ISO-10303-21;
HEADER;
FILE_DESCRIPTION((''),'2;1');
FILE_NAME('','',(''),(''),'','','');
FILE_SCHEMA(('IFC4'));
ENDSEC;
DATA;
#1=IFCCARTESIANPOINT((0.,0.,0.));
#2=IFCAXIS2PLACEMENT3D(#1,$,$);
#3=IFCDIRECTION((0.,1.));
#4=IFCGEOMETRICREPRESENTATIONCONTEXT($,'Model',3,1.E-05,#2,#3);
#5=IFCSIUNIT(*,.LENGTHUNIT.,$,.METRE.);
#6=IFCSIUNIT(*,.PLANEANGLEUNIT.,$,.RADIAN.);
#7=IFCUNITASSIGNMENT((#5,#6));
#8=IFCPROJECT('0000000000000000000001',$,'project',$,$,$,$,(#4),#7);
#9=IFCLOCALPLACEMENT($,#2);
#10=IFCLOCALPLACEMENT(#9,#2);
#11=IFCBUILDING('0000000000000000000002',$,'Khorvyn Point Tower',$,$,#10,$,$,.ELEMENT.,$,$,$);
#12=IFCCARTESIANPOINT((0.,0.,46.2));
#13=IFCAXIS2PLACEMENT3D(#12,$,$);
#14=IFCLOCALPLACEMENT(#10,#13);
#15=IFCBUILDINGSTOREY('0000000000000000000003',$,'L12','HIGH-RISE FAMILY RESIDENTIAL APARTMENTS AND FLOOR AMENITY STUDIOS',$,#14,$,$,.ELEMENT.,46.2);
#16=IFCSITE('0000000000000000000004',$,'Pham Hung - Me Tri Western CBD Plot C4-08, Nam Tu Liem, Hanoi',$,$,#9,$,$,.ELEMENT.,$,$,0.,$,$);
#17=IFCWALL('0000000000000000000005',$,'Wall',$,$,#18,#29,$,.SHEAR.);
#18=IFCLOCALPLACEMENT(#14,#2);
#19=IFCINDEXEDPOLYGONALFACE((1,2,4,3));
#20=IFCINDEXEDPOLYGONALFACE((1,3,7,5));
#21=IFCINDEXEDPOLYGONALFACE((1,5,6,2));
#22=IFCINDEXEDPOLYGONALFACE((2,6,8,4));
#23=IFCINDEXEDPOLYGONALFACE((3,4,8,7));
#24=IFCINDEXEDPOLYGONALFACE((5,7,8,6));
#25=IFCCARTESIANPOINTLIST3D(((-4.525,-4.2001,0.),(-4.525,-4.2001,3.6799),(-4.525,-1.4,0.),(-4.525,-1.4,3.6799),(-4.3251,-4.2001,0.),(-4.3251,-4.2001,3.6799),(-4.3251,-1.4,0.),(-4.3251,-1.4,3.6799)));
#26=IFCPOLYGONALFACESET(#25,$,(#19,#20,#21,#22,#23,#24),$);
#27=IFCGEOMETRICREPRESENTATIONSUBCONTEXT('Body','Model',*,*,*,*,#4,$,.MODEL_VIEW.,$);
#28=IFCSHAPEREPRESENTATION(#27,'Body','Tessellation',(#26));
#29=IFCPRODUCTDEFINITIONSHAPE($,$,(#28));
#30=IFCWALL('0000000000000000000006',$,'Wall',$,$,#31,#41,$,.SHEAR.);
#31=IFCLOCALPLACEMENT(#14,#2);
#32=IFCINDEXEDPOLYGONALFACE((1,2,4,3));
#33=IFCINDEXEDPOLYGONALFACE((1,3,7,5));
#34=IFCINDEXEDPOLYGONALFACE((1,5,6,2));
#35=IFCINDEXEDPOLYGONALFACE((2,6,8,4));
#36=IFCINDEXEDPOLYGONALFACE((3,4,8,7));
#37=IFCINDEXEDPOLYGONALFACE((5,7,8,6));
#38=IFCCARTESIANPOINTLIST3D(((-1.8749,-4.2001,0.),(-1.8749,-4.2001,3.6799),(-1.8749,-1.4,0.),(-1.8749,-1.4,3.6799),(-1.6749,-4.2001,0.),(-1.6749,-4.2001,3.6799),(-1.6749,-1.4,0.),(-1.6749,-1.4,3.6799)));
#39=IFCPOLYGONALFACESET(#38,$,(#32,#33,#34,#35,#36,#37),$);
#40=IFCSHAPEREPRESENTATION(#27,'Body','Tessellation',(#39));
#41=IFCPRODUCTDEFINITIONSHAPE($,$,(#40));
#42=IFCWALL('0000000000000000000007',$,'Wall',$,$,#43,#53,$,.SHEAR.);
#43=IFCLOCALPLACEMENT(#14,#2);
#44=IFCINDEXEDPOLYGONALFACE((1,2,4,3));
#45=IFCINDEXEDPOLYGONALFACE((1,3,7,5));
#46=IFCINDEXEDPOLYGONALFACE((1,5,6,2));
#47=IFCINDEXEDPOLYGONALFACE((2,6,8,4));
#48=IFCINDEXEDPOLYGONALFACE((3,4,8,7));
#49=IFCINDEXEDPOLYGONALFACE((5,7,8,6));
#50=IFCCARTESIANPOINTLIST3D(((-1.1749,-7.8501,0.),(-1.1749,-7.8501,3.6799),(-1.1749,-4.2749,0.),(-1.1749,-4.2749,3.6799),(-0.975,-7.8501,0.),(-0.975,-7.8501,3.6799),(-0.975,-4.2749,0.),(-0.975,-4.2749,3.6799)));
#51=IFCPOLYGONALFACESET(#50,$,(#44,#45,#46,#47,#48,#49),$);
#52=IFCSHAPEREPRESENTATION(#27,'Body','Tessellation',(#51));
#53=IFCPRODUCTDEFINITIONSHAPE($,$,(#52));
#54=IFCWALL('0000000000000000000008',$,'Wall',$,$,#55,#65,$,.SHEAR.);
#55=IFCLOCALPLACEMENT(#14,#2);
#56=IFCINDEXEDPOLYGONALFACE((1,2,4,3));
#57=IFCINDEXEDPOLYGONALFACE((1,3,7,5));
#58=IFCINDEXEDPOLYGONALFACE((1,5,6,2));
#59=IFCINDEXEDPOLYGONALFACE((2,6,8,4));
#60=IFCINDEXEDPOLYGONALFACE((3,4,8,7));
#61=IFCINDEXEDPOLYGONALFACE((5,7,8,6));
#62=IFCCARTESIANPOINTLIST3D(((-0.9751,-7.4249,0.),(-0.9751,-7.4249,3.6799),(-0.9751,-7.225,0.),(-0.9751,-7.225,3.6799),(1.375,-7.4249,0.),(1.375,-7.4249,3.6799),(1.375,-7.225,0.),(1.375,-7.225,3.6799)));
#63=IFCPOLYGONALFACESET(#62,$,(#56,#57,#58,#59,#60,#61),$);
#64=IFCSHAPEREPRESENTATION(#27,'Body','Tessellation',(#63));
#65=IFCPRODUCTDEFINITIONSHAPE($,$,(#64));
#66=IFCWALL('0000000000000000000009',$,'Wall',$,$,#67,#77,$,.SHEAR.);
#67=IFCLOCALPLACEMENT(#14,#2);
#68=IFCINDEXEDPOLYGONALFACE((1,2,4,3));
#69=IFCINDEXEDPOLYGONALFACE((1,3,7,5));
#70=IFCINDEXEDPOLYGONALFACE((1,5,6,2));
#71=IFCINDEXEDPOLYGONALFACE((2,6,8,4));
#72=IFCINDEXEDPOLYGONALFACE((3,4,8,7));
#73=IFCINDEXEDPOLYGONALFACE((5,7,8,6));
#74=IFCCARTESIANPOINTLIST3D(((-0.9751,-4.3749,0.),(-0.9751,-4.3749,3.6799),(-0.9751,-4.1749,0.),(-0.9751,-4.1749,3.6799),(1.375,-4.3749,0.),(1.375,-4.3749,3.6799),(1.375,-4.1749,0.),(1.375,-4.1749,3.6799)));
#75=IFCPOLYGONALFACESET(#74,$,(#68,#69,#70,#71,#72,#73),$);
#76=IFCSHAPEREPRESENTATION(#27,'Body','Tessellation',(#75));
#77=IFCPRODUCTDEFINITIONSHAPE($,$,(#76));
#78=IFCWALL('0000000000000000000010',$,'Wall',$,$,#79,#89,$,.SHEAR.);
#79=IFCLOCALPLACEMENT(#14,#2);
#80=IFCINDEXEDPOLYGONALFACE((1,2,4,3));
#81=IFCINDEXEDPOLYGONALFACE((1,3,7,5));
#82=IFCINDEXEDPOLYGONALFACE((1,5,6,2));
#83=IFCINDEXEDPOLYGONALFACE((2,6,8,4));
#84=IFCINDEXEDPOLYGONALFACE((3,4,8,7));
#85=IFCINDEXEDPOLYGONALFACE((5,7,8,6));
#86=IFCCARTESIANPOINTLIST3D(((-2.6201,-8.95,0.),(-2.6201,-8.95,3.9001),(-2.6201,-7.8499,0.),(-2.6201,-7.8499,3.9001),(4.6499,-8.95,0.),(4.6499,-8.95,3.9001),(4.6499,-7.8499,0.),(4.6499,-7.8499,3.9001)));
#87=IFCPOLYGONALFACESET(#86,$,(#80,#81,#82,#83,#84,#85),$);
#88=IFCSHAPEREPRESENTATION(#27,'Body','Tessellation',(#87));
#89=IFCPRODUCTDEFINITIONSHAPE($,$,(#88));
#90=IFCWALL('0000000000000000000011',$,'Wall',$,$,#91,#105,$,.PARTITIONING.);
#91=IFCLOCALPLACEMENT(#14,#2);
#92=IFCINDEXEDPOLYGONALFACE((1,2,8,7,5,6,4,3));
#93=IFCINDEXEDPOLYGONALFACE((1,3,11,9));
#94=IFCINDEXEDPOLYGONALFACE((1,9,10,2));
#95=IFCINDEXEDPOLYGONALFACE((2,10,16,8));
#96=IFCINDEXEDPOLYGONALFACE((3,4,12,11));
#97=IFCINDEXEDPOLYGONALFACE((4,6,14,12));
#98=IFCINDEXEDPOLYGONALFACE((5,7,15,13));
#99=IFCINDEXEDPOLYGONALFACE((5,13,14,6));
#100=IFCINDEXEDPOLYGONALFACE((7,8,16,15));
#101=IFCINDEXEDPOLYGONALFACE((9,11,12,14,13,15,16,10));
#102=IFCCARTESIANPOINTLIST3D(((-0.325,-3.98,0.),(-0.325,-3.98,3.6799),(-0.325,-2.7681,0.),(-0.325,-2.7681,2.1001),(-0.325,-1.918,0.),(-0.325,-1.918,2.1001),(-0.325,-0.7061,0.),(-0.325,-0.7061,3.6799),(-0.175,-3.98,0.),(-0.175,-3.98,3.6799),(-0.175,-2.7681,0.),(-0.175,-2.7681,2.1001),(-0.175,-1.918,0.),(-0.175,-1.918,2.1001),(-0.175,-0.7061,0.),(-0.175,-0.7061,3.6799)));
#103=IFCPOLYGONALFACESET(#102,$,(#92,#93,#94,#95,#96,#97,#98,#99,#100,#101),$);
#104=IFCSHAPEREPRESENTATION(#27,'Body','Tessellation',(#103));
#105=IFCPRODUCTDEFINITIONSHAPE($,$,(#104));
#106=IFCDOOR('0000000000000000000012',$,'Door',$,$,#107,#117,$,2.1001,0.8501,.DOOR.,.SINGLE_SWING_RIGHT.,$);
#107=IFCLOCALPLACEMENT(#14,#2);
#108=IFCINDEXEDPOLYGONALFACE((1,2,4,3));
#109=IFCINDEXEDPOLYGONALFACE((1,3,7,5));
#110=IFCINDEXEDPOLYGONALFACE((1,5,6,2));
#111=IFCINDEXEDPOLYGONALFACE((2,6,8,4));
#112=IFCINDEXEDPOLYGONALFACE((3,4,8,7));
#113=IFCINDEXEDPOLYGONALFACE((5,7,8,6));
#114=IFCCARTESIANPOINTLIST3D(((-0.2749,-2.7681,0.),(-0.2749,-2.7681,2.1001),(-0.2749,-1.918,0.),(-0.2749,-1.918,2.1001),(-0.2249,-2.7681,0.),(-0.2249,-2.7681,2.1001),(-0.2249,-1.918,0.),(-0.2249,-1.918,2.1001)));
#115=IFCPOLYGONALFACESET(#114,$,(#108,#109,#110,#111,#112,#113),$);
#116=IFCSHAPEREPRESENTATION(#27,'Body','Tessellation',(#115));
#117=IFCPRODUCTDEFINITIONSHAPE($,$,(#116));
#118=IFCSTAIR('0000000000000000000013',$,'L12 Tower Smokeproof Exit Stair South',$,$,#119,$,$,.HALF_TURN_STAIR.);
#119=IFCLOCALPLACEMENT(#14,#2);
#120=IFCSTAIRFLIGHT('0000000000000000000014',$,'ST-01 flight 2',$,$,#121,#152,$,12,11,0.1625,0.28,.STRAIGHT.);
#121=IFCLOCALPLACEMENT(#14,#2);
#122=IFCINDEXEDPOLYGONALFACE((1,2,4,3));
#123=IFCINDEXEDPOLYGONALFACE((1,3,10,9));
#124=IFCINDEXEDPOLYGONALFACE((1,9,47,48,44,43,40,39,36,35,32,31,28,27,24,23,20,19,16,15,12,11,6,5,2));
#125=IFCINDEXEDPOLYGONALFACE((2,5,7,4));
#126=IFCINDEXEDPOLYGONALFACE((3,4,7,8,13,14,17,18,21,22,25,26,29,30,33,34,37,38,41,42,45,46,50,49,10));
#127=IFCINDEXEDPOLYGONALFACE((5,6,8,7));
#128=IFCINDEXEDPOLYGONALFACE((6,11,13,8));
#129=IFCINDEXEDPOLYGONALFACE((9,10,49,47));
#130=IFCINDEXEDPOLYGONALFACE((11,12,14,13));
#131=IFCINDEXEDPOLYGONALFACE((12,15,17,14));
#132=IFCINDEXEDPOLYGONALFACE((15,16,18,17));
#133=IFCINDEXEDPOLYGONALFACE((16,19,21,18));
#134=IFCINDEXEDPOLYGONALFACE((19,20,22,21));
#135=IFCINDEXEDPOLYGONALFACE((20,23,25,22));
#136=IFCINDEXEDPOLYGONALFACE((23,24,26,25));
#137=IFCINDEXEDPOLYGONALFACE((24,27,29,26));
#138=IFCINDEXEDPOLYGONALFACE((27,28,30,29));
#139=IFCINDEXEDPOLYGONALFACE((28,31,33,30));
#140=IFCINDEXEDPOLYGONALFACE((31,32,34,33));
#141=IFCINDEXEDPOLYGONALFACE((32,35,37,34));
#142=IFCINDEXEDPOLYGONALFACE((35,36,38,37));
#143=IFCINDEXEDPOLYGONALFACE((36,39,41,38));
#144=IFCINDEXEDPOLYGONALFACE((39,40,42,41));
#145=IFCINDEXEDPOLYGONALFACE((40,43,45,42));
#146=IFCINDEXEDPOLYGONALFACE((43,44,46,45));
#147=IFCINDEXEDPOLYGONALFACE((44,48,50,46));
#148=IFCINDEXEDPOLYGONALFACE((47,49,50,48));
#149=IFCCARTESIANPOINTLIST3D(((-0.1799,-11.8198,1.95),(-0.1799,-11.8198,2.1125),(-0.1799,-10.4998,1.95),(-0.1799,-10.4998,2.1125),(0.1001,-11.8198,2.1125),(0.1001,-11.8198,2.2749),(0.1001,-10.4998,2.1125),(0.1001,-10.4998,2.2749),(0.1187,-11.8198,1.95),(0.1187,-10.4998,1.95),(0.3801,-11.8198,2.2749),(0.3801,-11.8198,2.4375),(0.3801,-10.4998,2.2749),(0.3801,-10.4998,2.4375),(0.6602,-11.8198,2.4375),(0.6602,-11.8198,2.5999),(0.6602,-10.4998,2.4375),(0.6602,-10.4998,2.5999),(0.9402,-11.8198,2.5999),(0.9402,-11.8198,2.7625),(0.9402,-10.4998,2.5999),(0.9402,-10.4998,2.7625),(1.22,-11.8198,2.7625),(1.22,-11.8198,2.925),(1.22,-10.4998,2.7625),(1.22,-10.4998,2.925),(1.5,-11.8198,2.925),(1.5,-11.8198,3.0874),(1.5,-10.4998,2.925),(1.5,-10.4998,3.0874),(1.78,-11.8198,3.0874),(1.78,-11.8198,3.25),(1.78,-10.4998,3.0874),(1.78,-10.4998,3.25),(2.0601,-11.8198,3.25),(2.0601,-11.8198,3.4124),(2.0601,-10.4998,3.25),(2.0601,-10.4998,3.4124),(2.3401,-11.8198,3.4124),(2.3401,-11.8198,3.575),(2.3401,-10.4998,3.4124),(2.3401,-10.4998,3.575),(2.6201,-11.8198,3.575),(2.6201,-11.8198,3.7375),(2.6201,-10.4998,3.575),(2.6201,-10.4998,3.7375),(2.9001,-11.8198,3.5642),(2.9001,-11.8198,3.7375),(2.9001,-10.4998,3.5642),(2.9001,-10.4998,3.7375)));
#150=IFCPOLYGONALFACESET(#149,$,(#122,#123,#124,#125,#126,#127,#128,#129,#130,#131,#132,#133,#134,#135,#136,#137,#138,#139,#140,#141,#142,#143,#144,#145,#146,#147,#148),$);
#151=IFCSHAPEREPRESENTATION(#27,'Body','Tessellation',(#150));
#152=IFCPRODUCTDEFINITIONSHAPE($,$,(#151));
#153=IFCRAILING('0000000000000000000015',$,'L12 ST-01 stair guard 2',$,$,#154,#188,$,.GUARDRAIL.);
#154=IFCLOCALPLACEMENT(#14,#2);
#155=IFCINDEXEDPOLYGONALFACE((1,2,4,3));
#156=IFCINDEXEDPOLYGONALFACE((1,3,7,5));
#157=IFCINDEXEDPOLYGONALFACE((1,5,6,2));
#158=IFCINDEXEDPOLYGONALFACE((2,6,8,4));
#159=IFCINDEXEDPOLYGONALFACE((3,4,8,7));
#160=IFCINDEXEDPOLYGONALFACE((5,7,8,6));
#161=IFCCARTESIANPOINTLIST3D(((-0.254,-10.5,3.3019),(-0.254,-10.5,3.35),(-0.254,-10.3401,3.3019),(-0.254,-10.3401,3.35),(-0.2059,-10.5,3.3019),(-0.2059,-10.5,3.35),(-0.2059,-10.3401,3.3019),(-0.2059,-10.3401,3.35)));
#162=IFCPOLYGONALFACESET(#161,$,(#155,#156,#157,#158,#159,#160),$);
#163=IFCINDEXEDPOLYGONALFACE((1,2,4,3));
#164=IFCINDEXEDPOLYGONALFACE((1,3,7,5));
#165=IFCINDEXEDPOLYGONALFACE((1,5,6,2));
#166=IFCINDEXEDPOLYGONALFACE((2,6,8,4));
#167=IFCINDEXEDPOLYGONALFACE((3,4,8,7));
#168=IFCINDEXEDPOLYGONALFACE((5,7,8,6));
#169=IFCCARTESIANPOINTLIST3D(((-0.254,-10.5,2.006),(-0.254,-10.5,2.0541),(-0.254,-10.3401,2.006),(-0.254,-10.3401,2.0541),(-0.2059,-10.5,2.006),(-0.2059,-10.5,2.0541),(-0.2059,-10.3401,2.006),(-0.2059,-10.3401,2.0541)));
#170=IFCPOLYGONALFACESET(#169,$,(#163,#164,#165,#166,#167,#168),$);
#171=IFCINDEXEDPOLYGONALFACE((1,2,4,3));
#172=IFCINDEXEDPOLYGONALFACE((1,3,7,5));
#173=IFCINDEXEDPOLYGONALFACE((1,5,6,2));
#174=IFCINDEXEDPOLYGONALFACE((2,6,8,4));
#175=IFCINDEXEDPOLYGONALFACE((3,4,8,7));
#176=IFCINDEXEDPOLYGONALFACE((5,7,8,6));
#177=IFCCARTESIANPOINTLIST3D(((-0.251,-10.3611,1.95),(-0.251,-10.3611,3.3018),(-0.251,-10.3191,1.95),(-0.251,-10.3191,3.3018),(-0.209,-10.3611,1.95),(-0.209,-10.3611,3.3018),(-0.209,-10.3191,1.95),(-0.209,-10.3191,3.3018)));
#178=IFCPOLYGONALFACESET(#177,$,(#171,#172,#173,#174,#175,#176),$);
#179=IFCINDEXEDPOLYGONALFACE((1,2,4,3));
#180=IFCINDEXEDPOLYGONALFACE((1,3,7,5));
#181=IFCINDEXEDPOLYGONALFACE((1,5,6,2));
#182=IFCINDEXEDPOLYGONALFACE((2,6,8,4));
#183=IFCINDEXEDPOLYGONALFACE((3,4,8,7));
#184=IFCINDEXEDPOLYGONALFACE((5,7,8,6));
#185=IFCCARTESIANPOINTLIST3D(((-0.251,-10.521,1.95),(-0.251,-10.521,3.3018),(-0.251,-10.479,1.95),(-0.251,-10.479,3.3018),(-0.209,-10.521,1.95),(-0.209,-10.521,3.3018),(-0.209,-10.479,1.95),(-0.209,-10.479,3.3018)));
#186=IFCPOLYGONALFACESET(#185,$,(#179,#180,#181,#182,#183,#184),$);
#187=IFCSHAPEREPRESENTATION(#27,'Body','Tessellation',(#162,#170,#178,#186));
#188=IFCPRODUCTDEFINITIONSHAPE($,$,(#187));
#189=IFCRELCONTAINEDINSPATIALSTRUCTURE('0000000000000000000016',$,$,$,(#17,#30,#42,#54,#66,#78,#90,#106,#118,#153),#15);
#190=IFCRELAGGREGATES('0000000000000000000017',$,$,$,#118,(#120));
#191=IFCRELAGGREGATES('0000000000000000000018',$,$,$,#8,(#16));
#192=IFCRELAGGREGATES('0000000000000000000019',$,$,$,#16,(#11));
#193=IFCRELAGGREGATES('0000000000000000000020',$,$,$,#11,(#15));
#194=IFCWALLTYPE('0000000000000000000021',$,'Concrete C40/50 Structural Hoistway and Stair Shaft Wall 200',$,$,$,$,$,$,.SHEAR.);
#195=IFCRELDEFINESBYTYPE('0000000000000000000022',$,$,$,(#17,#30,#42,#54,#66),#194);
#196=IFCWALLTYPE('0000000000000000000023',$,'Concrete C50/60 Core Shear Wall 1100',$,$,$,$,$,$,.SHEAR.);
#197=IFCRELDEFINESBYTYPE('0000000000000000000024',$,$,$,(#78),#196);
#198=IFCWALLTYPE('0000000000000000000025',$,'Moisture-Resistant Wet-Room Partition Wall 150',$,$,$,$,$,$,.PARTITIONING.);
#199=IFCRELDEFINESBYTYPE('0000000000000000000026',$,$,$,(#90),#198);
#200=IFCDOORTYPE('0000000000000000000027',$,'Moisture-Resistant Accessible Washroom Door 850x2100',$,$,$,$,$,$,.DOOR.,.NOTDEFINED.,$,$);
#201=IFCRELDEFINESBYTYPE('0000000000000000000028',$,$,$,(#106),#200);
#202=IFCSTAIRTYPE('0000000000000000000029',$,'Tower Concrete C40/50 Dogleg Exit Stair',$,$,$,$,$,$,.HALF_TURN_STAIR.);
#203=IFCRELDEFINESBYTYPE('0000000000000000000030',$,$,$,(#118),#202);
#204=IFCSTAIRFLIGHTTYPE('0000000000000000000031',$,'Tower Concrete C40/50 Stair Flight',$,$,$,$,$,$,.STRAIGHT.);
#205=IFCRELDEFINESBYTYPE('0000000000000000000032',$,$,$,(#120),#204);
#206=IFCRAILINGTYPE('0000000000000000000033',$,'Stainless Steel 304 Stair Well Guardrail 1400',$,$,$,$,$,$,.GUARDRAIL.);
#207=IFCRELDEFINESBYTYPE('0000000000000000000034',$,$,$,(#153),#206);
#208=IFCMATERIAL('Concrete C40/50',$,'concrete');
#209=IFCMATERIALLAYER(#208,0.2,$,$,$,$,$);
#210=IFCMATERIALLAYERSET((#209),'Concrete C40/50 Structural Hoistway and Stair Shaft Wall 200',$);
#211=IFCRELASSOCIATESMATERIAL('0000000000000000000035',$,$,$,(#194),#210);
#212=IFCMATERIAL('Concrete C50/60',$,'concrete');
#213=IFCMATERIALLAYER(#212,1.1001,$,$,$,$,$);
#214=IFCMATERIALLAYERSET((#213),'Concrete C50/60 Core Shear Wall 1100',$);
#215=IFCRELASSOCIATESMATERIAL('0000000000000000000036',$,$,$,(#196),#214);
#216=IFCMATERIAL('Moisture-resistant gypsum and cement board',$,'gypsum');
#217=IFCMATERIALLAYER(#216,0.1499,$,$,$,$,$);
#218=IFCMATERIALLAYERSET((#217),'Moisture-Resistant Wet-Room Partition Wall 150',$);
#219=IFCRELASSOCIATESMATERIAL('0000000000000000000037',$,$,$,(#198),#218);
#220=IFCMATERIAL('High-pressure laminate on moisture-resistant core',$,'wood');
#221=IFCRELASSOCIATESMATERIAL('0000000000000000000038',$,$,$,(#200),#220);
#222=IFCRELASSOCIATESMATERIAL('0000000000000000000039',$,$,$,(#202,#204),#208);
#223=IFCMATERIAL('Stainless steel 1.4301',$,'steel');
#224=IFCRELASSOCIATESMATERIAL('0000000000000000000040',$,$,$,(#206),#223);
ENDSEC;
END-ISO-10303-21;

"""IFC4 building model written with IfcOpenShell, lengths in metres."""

from ifc_helpers import new_model, si_unit, direction, frame, frame_2d, origin, origin_2d, place, context, subcontext, project, spatial, polyline, rectangle, outline, extrude, material, layer, layer_set, type_object, element, fill, aggregate, save


model = new_model("IFC4")

# Units and contexts
model_context = context("Model", 3, precision=1e-05, world=origin(), true_north=direction((0.0, 1.0)))
body_context = subcontext(model_context, "Body", "Model", "MODEL_VIEW")
ifc_project = project(units=[si_unit("LENGTHUNIT", "METRE"), si_unit("PLANEANGLEUNIT", "RADIAN")], contexts=[model_context])

# Site, building, storey
site_placement = place(None, origin())
site = spatial("IfcSite", under=ifc_project, at=site_placement, Name="Pham Hung - Me Tri Western CBD Plot C4-08, Nam Tu Liem, Hanoi", CompositionType="ELEMENT", RefElevation=0.0)
building_placement = place(site_placement, origin())
building = spatial("IfcBuilding", under=site, at=building_placement, Name="Khorvyn Point Tower", CompositionType="ELEMENT")
storey_placement = place(building_placement, frame((0.0, 0.0, 46.2)))
storey = spatial("IfcBuildingStorey", under=building, at=storey_placement, Name="L12", Description="HIGH-RISE FAMILY RESIDENTIAL APARTMENTS AND FLOOR AMENITY STUDIOS", CompositionType="ELEMENT", Elevation=46.2)

# Shared definitions
ifc_material_1 = material(Name="Concrete C40/50", Category="concrete")

# Shared definitions
ifc_material_2 = material(Name="Concrete C50/60", Category="concrete")

# Walls
ifc_layer_1 = layer(ifc_material_1, 0.2)
ifc_layer_set_1 = layer_set([ifc_layer_1], Name="Concrete C40/50 Structural Hoistway and Stair Shaft Wall 200")
wall_type_1 = type_object("IfcWallType", Name="Concrete C40/50 Structural Hoistway and Stair Shaft Wall 200", PredefinedType="SHEAR", material=ifc_layer_set_1)
for number, where, z_axis, x_axis, name in (
    (1, (-4.425, -4.2, 0.0), (0.0, 0.0, 1.0), (0.0, 1.0, 0.0), "Wall"),
    (2, (-1.7749, -4.2, 0.0), (0.0, 0.0, 1.0), (0.0, 1.0, 0.0), "Wall"),
):
    element("IfcWall", number, at=place(storey_placement, frame(where, z_axis=z_axis, x_axis=x_axis)), inside=storey, type_object=wall_type_1, Name=name, PredefinedType="SHEAR", context=body_context, shape_type="SweptSolid", body=[
        extrude(rectangle(XDim=2.8, YDim=0.2, at=frame_2d((1.3999, 0.0))), origin(), (0.0, 0.0, 1.0), 3.6799),
    ])
wall_1_placement = place(storey_placement, frame((-1.075, -7.8501, 0.0), z_axis=(0.0, 0.0, 1.0), x_axis=(0.0, 1.0, 0.0)))
element("IfcWall", 3, at=wall_1_placement, inside=storey, type_object=wall_type_1, Name="Wall", PredefinedType="SHEAR", context=body_context, shape_type="SweptSolid", body=[
    extrude(rectangle(XDim=3.5752, YDim=0.2, at=frame_2d((1.7876, 0.0))), origin(), (0.0, 0.0, 1.0), 3.6799),
])
for number, where, z_axis, x_axis, name in (
    (4, (-0.9751, -7.325, 0.0), (0.0, 0.0, 1.0), (1.0, 0.0, 0.0), "Wall"),
    (5, (-0.9751, -4.2749, 0.0), (0.0, 0.0, 1.0), (1.0, 0.0, 0.0), "Wall"),
):
    element("IfcWall", number, at=place(storey_placement, frame(where, z_axis=z_axis, x_axis=x_axis)), inside=storey, type_object=wall_type_1, Name=name, PredefinedType="SHEAR", context=body_context, shape_type="SweptSolid", body=[
        extrude(rectangle(XDim=2.3501, YDim=0.2, at=frame_2d((1.175, 0.0))), origin(), (0.0, 0.0, 1.0), 3.6799),
    ])
ifc_layer_2 = layer(ifc_material_2, 1.1001)
ifc_layer_set_2 = layer_set([ifc_layer_2], Name="Concrete C50/60 Core Shear Wall 1100")
wall_type_2 = type_object("IfcWallType", Name="Concrete C50/60 Core Shear Wall 1100", PredefinedType="SHEAR", material=ifc_layer_set_2)
wall_2_placement = place(storey_placement, frame((-2.6201, -8.3999, 0.0), z_axis=(0.0, 0.0, 1.0), x_axis=(1.0, 0.0, 0.0)))
element("IfcWall", 6, at=wall_2_placement, inside=storey, type_object=wall_type_2, Name="Wall", PredefinedType="SHEAR", context=body_context, shape_type="SweptSolid", body=[
    extrude(rectangle(XDim=7.27, YDim=1.1001, at=frame_2d((3.635, 0.0))), origin(), (0.0, 0.0, 1.0), 3.9001),
])

# Wall, opening, door
ifc_material_3 = material(Name="Moisture-resistant gypsum and cement board", Category="gypsum")
ifc_layer_3 = layer(ifc_material_3, 0.1499)
ifc_layer_set_3 = layer_set([ifc_layer_3], Name="Moisture-Resistant Wet-Room Partition Wall 150")
wall_type_3 = type_object("IfcWallType", Name="Moisture-Resistant Wet-Room Partition Wall 150", PredefinedType="PARTITIONING", material=ifc_layer_set_3)
wall_3_placement = place(storey_placement, frame((-0.25, -3.98, 0.0), z_axis=(0.0, 0.0, 1.0), x_axis=(0.0, 1.0, 0.0)))
wall_3 = element("IfcWall", 7, at=wall_3_placement, inside=storey, type_object=wall_type_3, Name="Wall", PredefinedType="PARTITIONING", context=body_context, shape_type="SweptSolid", body=[
    extrude(rectangle(XDim=3.2739, YDim=0.1499, at=frame_2d((1.637, 0.0))), origin(), (0.0, 0.0, 1.0), 3.6799),
])
opening_1_placement = place(wall_3_placement, frame((1.2119, 0.0, 0.0)))
opening_1 = element("IfcOpeningElement", 8, at=opening_1_placement, cuts=wall_3, PredefinedType="OPENING", context=body_context, shape_type="SweptSolid", body=[
    extrude(rectangle(XDim=0.8501, YDim=2.1001, at=frame_2d((0.425, 1.05))), frame((0.0, 0.085, 0.0), z_axis=(0.0, -1.0, 0.0), x_axis=(1.0, 0.0, 0.0)), (0.0, 0.0, 1.0), 0.1699),
])
ifc_material_4 = material(Name="High-pressure laminate on moisture-resistant core", Category="wood")
door_type_1 = type_object("IfcDoorType", Name="Moisture-Resistant Accessible Washroom Door 850x2100", OperationType="NOTDEFINED", PredefinedType="DOOR", material=ifc_material_4)
door_1_placement = place(opening_1_placement, origin())
door_1 = element("IfcDoor", 9, at=door_1_placement, inside=storey, type_object=door_type_1, Name="Door", OperationType="SINGLE_SWING_RIGHT", OverallHeight=2.1001, OverallWidth=0.8501, PredefinedType="DOOR", context=body_context, shape_type="SweptSolid", body=[
    extrude(rectangle(XDim=0.8501, YDim=2.1001, at=frame_2d((0.425, 1.05))), frame((0.0, 0.0249, 0.0), z_axis=(0.0, -1.0, 0.0), x_axis=(1.0, 0.0, 0.0)), (0.0, 0.0, 1.0), 0.05),
])
fill(opening_1, door_1)

# Stair, stair flight
stair_type = type_object("IfcStairType", Name="Tower Concrete C40/50 Dogleg Exit Stair", PredefinedType="HALF_TURN_STAIR", material=ifc_material_1)
stair_placement = place(storey_placement, origin())
stair = element("IfcStair", 10, at=stair_placement, inside=storey, type_object=stair_type, Name="L12 Tower Smokeproof Exit Stair South", PredefinedType="HALF_TURN_STAIR")
stair_flight_type = type_object("IfcStairFlightType", Name="Tower Concrete C40/50 Stair Flight", PredefinedType="STRAIGHT", material=ifc_material_1)
stair_flight_placement = place(storey_placement, frame((-0.1799, -11.1599, 1.95), z_axis=(0.0, 0.0, 1.0), x_axis=(1.0, 0.0, 0.0)))
stair_flight = element("IfcStairFlight", 11, at=stair_flight_placement, type_object=stair_flight_type, Name="ST-01 flight 2", NumberOfRisers=12, NumberOfTreads=11, PredefinedType="STRAIGHT", RiserHeight=0.1625, TreadLength=0.28, context=body_context, shape_type="SweptSolid", body=[
    extrude(outline(polyline([(0.0, 0.0), (0.0, 0.1626), (0.28, 0.1626), (0.28, 0.325), (0.5601, 0.325), (0.5601, 0.4875), (0.8401, 0.4875), (0.8401, 0.6499), (1.1201, 0.6499), (1.1201, 0.8125), (1.3999, 0.8125), (1.3999, 0.9751), (1.6799, 0.9751), (1.6799, 1.1375), (1.96, 1.1375), (1.96, 1.3), (2.24, 1.3), (2.24, 1.4624), (2.52, 1.4624), (2.52, 1.625), (2.8, 1.625), (2.8, 1.7876), (3.0801, 1.7876), (3.0801, 1.95), (3.0801, 1.6143), (0.2986, 0.0), (0.0, 0.0)])), frame((0.0, 0.6602, 0.0), z_axis=(0.0, -1.0, 0.0), x_axis=(1.0, 0.0, 0.0)), (0.0, 0.0, 1.0), 1.3201),
])
aggregate(stair, [stair_flight])

# Railing
ifc_material_5 = material(Name="Stainless steel 1.4301", Category="steel")
railing_type = type_object("IfcRailingType", Name="Stainless Steel 304 Stair Well Guardrail 1400", PredefinedType="GUARDRAIL", material=ifc_material_5)
railing_1_placement = place(storey_placement, frame((-0.23, -10.3401, 1.95)))
element("IfcRailing", 12, at=railing_1_placement, inside=storey, type_object=railing_type, Name="L12 ST-01 stair guard 2", PredefinedType="GUARDRAIL", context=body_context, shape_type="SweptSolid", body=[
    extrude(rectangle(XDim=0.0481, YDim=0.0481, at=origin_2d()), frame((0.0, 0.0, 1.376), z_axis=(0.0, -1.0, 0.0), x_axis=(1.0, 0.0, 0.0)), (0.0, 0.0, 1.0), 0.1599),
    extrude(rectangle(XDim=0.0481, YDim=0.0481, at=origin_2d()), frame((0.0, 0.0, 0.0801), z_axis=(0.0, -1.0, 0.0), x_axis=(1.0, 0.0, 0.0)), (0.0, 0.0, 1.0), 0.1599),
    extrude(rectangle(XDim=0.042, YDim=0.042, at=origin_2d()), origin(), (0.0, 0.0, 1.0), 1.3518),
    extrude(rectangle(XDim=0.042, YDim=0.042, at=origin_2d()), frame((0.0, -0.1599, 0.0)), (0.0, 0.0, 1.0), 1.3518),
])

save(model, "model.ifc")
